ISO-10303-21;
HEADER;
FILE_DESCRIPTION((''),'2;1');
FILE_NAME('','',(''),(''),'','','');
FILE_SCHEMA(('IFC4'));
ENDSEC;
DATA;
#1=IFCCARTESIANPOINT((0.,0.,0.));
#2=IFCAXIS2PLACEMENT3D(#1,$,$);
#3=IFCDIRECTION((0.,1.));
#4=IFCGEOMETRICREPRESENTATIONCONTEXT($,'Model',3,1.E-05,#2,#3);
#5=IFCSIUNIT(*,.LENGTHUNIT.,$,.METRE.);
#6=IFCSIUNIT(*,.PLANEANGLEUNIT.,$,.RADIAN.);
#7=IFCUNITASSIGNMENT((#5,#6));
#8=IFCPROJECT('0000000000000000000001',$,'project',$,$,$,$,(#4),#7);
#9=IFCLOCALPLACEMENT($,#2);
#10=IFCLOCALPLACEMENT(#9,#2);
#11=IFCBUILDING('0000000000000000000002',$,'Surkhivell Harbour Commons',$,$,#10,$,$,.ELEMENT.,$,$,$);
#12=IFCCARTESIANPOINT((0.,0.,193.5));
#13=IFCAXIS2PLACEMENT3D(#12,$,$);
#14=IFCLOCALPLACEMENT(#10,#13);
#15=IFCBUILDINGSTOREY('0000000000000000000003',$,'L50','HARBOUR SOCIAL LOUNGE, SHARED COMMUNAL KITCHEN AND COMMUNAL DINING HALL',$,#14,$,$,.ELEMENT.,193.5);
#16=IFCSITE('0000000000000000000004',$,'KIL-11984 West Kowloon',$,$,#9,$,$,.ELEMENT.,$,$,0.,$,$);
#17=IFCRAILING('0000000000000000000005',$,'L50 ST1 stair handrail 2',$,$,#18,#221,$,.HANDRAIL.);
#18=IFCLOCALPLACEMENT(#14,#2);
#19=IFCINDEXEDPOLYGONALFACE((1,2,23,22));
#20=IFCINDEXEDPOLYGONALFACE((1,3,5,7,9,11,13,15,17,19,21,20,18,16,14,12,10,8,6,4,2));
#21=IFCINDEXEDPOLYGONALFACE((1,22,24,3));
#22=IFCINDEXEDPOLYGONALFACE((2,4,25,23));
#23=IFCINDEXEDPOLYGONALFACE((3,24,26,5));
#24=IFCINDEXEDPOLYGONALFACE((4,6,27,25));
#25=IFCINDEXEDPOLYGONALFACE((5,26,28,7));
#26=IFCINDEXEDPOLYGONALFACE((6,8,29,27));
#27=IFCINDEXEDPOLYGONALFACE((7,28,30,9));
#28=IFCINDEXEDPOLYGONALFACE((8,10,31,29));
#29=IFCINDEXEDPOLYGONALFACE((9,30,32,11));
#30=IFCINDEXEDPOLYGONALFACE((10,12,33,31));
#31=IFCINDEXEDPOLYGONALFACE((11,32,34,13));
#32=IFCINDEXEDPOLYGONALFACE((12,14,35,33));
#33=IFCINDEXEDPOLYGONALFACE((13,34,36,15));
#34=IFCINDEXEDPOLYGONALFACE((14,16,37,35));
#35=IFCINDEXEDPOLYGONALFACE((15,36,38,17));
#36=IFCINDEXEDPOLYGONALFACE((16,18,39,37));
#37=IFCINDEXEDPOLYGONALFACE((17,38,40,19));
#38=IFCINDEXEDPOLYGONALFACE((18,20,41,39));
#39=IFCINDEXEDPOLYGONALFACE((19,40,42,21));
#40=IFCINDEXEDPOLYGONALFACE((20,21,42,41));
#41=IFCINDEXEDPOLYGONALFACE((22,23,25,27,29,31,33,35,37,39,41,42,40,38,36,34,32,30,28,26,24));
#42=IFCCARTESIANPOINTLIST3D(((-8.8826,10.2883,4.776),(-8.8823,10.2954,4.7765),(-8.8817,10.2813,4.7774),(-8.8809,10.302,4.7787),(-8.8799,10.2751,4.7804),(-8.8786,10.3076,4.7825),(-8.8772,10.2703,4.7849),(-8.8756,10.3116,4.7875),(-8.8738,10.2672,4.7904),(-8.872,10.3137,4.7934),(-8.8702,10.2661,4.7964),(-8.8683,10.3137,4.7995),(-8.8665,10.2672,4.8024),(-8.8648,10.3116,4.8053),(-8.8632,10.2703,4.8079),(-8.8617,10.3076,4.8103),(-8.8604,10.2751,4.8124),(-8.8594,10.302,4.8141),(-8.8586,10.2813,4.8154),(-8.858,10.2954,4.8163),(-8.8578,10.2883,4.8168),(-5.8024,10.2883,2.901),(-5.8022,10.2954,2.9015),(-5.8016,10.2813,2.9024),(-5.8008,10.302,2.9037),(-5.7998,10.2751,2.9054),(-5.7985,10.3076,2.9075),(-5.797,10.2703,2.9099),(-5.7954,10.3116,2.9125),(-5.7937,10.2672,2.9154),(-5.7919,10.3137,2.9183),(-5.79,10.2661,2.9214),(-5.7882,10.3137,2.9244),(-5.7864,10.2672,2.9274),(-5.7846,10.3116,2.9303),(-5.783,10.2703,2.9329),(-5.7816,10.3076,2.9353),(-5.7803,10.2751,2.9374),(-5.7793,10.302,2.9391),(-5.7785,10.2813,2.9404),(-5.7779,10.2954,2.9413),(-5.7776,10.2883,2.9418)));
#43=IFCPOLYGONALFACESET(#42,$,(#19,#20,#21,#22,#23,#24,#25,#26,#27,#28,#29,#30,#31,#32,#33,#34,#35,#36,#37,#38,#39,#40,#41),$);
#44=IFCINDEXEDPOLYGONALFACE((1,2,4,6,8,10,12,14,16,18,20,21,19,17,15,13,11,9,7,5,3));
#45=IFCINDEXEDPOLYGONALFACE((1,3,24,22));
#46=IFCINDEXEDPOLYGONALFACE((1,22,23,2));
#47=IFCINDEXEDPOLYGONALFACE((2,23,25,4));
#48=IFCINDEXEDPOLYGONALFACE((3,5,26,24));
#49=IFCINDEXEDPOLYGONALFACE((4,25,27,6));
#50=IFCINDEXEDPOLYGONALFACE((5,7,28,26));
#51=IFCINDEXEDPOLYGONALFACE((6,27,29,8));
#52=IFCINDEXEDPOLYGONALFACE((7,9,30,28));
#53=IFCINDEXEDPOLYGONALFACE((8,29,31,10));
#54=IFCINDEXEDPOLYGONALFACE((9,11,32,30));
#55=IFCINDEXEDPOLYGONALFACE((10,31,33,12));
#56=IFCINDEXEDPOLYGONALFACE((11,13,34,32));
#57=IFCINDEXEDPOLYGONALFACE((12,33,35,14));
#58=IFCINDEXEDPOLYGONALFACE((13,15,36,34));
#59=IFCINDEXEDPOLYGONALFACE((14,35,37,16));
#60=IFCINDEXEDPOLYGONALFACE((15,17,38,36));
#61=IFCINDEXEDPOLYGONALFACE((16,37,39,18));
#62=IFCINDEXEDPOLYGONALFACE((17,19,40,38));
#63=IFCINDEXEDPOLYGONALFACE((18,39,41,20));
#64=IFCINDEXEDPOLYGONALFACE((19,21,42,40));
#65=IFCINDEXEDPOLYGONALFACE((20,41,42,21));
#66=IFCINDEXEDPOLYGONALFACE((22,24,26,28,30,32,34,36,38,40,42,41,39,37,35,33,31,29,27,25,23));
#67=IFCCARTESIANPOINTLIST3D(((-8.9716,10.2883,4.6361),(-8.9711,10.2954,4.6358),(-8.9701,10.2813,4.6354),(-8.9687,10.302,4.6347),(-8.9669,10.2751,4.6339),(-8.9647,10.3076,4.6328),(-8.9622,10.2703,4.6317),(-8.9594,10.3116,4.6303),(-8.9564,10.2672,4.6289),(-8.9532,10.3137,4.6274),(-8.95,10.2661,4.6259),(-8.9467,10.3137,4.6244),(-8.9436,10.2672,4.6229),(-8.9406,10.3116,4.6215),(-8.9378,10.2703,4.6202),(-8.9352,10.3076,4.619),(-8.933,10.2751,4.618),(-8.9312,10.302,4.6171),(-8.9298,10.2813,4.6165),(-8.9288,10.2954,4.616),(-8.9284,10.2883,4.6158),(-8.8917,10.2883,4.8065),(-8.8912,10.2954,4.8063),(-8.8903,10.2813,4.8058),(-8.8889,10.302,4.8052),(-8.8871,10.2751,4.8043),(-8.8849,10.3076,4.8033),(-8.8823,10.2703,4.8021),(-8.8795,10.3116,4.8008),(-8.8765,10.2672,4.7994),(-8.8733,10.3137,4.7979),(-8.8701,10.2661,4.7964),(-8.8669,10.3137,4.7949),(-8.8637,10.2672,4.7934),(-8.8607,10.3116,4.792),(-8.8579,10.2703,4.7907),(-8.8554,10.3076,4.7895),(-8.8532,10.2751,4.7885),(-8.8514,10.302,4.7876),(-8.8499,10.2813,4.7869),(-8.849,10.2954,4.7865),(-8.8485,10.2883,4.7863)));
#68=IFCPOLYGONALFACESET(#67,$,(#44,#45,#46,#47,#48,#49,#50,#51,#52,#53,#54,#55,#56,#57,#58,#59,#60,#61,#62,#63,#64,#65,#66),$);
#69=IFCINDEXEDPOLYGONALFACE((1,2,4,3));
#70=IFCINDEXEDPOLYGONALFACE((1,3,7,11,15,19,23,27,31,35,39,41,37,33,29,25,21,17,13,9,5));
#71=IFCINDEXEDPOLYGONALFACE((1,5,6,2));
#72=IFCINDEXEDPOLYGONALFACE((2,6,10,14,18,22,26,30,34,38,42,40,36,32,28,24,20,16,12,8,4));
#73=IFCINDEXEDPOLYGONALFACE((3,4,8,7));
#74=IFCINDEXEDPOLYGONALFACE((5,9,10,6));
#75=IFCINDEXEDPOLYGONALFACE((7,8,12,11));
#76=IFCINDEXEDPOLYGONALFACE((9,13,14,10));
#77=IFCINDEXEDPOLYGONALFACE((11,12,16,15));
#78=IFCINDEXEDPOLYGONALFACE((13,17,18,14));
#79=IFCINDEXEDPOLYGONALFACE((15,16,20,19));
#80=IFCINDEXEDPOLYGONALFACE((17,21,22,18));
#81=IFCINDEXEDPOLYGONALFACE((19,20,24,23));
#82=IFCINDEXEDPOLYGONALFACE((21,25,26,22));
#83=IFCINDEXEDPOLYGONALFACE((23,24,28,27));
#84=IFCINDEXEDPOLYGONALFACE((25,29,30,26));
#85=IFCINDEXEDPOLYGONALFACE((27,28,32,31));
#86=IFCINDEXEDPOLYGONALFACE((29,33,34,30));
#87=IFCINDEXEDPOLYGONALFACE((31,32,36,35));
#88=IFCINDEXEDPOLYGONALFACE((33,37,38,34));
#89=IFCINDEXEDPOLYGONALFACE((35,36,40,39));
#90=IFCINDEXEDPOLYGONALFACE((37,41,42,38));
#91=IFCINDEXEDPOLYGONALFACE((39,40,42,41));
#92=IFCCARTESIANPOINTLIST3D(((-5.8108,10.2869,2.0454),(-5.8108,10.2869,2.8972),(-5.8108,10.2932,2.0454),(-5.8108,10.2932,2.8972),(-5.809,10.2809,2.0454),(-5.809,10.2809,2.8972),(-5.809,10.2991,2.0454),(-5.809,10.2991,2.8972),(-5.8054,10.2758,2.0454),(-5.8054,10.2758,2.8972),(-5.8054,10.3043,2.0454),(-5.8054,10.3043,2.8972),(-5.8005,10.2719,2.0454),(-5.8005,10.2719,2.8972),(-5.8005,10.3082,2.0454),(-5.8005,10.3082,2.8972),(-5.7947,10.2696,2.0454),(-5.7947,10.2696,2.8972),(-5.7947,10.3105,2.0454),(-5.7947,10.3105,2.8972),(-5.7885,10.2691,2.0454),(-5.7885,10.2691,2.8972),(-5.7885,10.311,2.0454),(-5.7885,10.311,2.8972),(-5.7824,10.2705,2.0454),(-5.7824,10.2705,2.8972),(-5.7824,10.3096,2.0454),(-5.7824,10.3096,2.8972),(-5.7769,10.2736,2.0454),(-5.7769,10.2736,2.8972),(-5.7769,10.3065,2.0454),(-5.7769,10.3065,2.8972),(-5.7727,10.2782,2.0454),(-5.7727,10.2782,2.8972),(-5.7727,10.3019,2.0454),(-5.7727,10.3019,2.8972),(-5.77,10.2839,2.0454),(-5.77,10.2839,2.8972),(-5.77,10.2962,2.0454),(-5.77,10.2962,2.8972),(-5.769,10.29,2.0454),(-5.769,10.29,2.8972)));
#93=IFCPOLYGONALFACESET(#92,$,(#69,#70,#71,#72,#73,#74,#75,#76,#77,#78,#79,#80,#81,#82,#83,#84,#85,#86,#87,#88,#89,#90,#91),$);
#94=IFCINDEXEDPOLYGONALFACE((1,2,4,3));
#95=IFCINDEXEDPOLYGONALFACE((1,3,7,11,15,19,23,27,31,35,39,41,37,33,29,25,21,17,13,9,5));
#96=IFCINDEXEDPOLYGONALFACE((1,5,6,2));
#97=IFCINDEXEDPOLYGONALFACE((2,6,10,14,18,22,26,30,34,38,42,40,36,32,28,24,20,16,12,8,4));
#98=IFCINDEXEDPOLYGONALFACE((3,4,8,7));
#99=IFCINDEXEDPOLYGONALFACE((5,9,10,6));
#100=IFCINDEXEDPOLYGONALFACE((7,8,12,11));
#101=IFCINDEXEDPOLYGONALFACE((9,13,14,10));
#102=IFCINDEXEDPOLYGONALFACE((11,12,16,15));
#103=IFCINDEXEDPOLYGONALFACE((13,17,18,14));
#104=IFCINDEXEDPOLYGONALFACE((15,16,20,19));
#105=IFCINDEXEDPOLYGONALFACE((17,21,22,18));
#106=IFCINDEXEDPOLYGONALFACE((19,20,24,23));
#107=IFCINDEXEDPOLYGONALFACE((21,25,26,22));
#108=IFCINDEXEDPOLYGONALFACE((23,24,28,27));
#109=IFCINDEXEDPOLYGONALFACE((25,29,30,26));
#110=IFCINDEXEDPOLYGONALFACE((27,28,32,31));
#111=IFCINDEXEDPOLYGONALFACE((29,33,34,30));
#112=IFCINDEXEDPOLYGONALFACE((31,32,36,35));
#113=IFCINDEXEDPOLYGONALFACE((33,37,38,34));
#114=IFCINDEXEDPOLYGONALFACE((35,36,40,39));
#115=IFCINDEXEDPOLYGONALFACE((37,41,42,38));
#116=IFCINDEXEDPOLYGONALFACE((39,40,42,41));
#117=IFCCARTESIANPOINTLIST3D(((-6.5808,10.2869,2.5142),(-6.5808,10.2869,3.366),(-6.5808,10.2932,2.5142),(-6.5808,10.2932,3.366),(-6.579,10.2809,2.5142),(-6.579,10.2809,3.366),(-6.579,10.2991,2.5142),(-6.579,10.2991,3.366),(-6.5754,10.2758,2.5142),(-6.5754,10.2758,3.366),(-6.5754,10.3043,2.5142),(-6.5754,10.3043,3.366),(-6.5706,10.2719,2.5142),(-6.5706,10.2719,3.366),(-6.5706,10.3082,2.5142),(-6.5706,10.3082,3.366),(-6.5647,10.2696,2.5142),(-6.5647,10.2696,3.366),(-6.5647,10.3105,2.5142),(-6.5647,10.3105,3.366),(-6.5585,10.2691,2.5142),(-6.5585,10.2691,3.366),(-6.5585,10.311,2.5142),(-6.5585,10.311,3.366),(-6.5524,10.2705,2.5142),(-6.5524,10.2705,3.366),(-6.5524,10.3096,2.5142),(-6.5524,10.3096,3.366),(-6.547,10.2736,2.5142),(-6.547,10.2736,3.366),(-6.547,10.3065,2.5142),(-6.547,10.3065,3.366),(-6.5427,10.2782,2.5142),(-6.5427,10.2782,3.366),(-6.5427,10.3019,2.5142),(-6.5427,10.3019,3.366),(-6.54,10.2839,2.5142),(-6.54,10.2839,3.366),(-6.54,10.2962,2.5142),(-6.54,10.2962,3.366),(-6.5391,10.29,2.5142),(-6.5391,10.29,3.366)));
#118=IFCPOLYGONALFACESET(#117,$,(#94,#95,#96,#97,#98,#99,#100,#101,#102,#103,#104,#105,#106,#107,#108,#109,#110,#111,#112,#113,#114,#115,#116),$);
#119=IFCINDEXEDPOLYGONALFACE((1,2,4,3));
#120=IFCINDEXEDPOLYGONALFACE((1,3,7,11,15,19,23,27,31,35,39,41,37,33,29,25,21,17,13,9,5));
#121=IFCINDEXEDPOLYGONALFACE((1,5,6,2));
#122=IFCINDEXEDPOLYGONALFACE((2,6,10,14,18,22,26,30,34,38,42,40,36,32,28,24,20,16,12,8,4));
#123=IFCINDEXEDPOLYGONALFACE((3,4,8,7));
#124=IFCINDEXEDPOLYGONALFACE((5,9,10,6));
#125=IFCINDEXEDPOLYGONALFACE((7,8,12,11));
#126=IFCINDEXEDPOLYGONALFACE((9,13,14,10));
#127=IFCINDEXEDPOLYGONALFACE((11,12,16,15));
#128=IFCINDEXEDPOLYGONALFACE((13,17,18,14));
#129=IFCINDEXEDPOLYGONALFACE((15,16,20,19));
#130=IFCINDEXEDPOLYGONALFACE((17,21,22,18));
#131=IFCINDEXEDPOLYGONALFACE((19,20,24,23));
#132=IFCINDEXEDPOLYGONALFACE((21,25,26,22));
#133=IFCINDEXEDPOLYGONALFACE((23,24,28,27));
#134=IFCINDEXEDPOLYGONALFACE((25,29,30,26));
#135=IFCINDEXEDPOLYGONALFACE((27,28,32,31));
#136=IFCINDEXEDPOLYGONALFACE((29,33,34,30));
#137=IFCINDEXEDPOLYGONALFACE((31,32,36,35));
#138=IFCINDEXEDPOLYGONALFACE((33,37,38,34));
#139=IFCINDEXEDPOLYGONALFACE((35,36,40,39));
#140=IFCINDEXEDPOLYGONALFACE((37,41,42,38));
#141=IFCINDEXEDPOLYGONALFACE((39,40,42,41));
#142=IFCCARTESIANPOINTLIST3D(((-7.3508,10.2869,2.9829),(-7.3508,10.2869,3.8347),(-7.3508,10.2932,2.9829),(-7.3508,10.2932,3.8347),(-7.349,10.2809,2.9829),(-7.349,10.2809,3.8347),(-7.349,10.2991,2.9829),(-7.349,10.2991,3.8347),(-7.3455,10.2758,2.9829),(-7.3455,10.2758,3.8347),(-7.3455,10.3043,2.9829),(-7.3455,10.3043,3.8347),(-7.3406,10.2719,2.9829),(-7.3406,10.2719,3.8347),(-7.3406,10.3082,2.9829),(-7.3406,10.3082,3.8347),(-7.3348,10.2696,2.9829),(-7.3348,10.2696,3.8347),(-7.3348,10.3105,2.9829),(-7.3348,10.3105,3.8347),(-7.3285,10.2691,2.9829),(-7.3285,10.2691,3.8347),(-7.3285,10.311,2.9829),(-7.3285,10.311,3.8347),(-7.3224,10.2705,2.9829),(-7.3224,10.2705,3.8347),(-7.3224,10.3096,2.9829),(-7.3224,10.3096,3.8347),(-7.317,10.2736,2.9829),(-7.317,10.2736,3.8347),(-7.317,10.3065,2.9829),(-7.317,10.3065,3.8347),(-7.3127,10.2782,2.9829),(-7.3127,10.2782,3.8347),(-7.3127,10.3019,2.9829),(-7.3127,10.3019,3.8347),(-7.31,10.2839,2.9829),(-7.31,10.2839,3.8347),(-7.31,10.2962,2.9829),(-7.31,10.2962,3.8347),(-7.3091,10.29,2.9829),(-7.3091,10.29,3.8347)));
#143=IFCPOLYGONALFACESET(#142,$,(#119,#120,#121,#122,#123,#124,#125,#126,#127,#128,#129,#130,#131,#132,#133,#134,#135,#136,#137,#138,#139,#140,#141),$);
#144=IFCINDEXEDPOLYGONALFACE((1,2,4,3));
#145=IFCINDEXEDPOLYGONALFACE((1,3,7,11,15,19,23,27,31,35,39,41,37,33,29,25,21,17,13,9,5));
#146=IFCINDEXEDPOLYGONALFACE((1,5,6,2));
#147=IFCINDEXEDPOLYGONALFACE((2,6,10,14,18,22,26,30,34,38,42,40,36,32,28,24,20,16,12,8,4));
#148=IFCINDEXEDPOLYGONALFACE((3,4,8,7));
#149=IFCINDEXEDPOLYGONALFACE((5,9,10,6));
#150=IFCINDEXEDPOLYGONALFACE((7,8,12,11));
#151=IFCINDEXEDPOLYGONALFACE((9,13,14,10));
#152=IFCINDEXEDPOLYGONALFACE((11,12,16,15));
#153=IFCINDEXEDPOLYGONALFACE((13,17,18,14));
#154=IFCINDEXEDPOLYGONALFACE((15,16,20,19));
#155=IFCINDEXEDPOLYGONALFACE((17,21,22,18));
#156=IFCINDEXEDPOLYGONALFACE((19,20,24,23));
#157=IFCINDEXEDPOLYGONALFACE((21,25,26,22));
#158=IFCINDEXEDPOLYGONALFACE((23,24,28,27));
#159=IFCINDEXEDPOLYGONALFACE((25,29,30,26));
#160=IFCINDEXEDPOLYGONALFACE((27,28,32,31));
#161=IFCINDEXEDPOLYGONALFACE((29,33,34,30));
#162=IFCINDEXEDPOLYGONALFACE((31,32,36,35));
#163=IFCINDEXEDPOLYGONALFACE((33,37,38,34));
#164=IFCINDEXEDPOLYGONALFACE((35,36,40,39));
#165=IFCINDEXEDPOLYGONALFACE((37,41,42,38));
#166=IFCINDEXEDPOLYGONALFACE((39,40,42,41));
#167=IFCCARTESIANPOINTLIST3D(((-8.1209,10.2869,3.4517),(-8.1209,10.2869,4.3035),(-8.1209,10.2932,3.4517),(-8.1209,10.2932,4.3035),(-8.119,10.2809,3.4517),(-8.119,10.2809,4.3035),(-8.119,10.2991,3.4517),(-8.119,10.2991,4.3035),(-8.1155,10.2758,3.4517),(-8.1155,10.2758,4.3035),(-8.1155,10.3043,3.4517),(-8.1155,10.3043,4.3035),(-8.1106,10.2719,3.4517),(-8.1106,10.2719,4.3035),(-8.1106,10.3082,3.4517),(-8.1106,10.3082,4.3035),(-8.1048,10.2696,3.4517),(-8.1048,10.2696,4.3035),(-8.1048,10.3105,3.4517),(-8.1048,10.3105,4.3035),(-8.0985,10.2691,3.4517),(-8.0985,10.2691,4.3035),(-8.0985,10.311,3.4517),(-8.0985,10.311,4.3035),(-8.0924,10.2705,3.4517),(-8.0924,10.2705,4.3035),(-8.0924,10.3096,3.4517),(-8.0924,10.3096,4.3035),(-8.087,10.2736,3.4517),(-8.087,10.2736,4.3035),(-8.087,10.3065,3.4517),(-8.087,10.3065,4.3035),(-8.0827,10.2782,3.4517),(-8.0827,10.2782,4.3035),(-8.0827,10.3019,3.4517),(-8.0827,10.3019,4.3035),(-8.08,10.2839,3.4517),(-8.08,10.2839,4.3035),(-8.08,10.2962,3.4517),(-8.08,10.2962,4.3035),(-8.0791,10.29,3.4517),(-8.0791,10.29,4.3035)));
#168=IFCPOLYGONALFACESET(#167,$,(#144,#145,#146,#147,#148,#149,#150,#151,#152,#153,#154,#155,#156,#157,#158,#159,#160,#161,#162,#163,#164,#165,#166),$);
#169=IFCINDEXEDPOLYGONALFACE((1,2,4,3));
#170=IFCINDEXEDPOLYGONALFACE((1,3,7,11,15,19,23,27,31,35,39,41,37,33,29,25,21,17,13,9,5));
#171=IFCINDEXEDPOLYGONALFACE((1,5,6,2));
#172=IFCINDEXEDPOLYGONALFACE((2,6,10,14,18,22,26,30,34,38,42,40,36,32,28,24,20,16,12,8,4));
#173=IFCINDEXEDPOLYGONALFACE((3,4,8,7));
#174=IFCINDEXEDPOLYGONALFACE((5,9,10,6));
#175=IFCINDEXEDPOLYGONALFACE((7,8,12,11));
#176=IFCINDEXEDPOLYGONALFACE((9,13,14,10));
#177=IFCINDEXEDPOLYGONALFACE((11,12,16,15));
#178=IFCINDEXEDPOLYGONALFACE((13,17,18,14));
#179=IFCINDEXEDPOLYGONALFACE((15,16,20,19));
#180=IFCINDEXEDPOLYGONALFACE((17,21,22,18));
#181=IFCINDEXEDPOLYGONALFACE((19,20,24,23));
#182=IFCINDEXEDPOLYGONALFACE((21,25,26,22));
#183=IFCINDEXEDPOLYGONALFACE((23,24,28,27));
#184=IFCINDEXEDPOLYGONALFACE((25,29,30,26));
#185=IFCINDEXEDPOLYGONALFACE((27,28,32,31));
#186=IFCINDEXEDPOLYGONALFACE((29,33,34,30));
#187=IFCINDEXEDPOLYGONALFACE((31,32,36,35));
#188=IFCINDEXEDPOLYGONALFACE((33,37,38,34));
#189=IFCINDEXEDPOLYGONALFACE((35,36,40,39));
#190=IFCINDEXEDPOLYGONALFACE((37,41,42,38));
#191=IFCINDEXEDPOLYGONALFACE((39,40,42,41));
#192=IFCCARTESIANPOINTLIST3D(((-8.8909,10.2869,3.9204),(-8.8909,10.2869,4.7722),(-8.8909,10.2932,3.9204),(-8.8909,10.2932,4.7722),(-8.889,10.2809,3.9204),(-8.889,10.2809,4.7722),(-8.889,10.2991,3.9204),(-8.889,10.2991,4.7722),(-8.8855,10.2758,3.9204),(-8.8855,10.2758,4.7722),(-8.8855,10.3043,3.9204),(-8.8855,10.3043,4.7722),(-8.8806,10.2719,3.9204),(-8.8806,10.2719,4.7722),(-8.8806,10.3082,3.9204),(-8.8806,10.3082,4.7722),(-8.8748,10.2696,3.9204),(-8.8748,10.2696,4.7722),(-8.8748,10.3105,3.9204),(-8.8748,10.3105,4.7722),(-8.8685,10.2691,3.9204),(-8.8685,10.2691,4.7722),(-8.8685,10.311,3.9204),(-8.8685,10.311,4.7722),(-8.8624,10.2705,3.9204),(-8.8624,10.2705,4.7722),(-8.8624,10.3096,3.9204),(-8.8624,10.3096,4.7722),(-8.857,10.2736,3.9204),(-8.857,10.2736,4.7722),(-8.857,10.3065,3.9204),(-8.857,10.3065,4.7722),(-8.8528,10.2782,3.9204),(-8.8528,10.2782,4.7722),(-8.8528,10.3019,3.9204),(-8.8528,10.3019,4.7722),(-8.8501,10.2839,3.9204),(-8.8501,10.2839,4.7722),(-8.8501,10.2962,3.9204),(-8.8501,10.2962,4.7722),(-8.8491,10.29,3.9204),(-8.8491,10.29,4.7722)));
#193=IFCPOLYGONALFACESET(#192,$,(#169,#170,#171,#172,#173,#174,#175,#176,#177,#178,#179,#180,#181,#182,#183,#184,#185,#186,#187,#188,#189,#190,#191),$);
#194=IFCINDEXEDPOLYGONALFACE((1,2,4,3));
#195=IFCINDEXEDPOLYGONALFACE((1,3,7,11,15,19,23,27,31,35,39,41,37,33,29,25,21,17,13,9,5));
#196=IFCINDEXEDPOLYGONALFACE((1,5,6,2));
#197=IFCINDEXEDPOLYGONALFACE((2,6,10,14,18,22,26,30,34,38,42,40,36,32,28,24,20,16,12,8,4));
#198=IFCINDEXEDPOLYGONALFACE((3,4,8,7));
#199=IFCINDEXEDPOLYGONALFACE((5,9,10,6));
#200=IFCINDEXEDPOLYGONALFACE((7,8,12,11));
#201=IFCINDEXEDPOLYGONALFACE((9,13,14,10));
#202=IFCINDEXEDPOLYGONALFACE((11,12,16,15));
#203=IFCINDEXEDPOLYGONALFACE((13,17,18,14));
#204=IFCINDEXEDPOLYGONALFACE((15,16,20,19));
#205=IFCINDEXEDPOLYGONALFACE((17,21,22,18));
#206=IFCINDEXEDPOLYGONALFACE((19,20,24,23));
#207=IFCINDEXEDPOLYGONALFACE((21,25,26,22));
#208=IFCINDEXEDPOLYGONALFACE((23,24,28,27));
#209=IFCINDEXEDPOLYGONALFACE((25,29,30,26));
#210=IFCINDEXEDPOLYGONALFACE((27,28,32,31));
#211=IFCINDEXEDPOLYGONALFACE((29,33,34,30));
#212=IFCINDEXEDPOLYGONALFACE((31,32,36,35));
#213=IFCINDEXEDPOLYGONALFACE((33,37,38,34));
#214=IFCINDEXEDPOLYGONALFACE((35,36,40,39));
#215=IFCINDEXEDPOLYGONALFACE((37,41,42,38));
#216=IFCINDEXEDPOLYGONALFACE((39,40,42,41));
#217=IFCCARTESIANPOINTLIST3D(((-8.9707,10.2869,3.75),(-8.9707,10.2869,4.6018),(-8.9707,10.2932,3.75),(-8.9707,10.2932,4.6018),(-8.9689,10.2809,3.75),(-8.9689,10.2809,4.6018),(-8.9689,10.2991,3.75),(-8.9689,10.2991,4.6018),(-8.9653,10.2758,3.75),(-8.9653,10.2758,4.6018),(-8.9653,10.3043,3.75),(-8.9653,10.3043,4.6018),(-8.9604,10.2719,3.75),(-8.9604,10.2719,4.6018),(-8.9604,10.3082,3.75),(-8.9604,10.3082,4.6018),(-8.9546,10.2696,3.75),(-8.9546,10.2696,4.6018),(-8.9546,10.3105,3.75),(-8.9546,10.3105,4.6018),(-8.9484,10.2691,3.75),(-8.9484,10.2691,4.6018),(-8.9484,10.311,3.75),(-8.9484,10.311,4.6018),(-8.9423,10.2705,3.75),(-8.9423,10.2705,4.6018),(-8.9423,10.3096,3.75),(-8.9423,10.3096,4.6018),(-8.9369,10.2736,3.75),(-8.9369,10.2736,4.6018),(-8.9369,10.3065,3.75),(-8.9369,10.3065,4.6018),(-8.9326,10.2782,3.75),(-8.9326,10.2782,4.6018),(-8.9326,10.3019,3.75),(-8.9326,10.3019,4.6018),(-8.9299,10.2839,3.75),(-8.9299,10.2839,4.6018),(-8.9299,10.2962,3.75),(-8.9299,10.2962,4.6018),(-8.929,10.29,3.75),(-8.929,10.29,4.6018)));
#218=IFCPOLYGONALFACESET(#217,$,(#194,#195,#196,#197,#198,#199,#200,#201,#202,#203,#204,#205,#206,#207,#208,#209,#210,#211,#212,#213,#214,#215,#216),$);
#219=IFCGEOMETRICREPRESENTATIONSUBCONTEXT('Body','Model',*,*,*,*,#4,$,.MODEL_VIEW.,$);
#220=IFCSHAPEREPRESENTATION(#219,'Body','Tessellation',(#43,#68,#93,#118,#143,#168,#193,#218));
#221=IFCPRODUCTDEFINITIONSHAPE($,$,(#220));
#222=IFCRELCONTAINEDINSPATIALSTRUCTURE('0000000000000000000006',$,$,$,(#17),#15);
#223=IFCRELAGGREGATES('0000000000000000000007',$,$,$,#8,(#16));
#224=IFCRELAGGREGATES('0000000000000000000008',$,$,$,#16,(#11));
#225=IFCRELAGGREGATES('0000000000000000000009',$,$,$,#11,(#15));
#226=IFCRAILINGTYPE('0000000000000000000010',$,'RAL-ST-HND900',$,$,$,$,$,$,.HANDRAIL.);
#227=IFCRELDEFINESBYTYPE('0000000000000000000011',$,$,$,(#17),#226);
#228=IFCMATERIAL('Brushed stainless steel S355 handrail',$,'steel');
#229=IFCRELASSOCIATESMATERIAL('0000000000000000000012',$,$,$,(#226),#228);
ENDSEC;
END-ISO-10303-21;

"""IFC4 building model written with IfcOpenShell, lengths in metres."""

from ifc_helpers import new_model, si_unit, direction, frame, origin, origin_2d, place, context, subcontext, project, spatial, circle, extrude, material, type_object, element, save


model = new_model("IFC4")

# Units and contexts
model_context = context("Model", 3, precision=1e-05, world=origin(), true_north=direction((0.0, 1.0)))
body_context = subcontext(model_context, "Body", "Model", "MODEL_VIEW")
ifc_project = project(units=[si_unit("LENGTHUNIT", "METRE"), si_unit("PLANEANGLEUNIT", "RADIAN")], contexts=[model_context])

# Site, building, storey
site_placement = place(None, origin())
site = spatial("IfcSite", under=ifc_project, at=site_placement, Name="KIL-11984 West Kowloon", CompositionType="ELEMENT", RefElevation=0.0)
building_placement = place(site_placement, origin())
building = spatial("IfcBuilding", under=site, at=building_placement, Name="Surkhivell Harbour Commons", CompositionType="ELEMENT")
storey_placement = place(building_placement, frame((0.0, 0.0, 193.5)))
storey = spatial("IfcBuildingStorey", under=building, at=storey_placement, Name="L50", Description="HARBOUR SOCIAL LOUNGE, SHARED COMMUNAL KITCHEN AND COMMUNAL DINING HALL", CompositionType="ELEMENT", Elevation=193.5)

# Railing
ifc_material_1 = material(Name="Brushed stainless steel S355 handrail", Category="steel")
railing_type_1 = type_object("IfcRailingType", Name="RAL-ST-HND900", PredefinedType="HANDRAIL", material=ifc_material_1)
railing_1_placement = place(storey_placement, frame((-5.79, 10.29, 2.0454)))
element("IfcRailing", 1, at=railing_1_placement, inside=storey, type_object=railing_type_1, Name="L50 ST1 stair handrail 2", PredefinedType="HANDRAIL", context=body_context, shape_type="SweptSolid", body=[
    extrude(circle(Radius=0.0239, at=origin_2d()), frame((0.0, 0.0, 0.876), z_axis=(-0.854178, 0.0, 0.519981), x_axis=(0.0, -1.0, 0.0)), (0.0, 0.0, 1.0), 3.606),
    extrude(circle(Radius=0.0239, at=origin_2d()), frame((-3.0801, 0.0, 2.751), z_axis=(-0.424234, 0.0, -0.905552), x_axis=(0.0, -1.0, 0.0)), (0.0, 0.0, 1.0), 0.1882),
    extrude(circle(Radius=0.021, at=origin_2d()), origin(), (0.0, 0.0, 1.0), 0.8518),
    extrude(circle(Radius=0.021, at=origin_2d()), frame((-0.77, 0.0, 0.4688)), (0.0, 0.0, 1.0), 0.8518),
    extrude(circle(Radius=0.021, at=origin_2d()), frame((-1.54, 0.0, 0.9375)), (0.0, 0.0, 1.0), 0.8518),
    extrude(circle(Radius=0.021, at=origin_2d()), frame((-2.3101, 0.0, 1.4062)), (0.0, 0.0, 1.0), 0.8518),
    extrude(circle(Radius=0.021, at=origin_2d()), frame((-3.0801, 0.0, 1.875)), (0.0, 0.0, 1.0), 0.8518),
    extrude(circle(Radius=0.021, at=origin_2d()), frame((-3.1599, 0.0, 1.7046)), (0.0, 0.0, 1.0), 0.8518),
])

save(model, "model.ifc")
